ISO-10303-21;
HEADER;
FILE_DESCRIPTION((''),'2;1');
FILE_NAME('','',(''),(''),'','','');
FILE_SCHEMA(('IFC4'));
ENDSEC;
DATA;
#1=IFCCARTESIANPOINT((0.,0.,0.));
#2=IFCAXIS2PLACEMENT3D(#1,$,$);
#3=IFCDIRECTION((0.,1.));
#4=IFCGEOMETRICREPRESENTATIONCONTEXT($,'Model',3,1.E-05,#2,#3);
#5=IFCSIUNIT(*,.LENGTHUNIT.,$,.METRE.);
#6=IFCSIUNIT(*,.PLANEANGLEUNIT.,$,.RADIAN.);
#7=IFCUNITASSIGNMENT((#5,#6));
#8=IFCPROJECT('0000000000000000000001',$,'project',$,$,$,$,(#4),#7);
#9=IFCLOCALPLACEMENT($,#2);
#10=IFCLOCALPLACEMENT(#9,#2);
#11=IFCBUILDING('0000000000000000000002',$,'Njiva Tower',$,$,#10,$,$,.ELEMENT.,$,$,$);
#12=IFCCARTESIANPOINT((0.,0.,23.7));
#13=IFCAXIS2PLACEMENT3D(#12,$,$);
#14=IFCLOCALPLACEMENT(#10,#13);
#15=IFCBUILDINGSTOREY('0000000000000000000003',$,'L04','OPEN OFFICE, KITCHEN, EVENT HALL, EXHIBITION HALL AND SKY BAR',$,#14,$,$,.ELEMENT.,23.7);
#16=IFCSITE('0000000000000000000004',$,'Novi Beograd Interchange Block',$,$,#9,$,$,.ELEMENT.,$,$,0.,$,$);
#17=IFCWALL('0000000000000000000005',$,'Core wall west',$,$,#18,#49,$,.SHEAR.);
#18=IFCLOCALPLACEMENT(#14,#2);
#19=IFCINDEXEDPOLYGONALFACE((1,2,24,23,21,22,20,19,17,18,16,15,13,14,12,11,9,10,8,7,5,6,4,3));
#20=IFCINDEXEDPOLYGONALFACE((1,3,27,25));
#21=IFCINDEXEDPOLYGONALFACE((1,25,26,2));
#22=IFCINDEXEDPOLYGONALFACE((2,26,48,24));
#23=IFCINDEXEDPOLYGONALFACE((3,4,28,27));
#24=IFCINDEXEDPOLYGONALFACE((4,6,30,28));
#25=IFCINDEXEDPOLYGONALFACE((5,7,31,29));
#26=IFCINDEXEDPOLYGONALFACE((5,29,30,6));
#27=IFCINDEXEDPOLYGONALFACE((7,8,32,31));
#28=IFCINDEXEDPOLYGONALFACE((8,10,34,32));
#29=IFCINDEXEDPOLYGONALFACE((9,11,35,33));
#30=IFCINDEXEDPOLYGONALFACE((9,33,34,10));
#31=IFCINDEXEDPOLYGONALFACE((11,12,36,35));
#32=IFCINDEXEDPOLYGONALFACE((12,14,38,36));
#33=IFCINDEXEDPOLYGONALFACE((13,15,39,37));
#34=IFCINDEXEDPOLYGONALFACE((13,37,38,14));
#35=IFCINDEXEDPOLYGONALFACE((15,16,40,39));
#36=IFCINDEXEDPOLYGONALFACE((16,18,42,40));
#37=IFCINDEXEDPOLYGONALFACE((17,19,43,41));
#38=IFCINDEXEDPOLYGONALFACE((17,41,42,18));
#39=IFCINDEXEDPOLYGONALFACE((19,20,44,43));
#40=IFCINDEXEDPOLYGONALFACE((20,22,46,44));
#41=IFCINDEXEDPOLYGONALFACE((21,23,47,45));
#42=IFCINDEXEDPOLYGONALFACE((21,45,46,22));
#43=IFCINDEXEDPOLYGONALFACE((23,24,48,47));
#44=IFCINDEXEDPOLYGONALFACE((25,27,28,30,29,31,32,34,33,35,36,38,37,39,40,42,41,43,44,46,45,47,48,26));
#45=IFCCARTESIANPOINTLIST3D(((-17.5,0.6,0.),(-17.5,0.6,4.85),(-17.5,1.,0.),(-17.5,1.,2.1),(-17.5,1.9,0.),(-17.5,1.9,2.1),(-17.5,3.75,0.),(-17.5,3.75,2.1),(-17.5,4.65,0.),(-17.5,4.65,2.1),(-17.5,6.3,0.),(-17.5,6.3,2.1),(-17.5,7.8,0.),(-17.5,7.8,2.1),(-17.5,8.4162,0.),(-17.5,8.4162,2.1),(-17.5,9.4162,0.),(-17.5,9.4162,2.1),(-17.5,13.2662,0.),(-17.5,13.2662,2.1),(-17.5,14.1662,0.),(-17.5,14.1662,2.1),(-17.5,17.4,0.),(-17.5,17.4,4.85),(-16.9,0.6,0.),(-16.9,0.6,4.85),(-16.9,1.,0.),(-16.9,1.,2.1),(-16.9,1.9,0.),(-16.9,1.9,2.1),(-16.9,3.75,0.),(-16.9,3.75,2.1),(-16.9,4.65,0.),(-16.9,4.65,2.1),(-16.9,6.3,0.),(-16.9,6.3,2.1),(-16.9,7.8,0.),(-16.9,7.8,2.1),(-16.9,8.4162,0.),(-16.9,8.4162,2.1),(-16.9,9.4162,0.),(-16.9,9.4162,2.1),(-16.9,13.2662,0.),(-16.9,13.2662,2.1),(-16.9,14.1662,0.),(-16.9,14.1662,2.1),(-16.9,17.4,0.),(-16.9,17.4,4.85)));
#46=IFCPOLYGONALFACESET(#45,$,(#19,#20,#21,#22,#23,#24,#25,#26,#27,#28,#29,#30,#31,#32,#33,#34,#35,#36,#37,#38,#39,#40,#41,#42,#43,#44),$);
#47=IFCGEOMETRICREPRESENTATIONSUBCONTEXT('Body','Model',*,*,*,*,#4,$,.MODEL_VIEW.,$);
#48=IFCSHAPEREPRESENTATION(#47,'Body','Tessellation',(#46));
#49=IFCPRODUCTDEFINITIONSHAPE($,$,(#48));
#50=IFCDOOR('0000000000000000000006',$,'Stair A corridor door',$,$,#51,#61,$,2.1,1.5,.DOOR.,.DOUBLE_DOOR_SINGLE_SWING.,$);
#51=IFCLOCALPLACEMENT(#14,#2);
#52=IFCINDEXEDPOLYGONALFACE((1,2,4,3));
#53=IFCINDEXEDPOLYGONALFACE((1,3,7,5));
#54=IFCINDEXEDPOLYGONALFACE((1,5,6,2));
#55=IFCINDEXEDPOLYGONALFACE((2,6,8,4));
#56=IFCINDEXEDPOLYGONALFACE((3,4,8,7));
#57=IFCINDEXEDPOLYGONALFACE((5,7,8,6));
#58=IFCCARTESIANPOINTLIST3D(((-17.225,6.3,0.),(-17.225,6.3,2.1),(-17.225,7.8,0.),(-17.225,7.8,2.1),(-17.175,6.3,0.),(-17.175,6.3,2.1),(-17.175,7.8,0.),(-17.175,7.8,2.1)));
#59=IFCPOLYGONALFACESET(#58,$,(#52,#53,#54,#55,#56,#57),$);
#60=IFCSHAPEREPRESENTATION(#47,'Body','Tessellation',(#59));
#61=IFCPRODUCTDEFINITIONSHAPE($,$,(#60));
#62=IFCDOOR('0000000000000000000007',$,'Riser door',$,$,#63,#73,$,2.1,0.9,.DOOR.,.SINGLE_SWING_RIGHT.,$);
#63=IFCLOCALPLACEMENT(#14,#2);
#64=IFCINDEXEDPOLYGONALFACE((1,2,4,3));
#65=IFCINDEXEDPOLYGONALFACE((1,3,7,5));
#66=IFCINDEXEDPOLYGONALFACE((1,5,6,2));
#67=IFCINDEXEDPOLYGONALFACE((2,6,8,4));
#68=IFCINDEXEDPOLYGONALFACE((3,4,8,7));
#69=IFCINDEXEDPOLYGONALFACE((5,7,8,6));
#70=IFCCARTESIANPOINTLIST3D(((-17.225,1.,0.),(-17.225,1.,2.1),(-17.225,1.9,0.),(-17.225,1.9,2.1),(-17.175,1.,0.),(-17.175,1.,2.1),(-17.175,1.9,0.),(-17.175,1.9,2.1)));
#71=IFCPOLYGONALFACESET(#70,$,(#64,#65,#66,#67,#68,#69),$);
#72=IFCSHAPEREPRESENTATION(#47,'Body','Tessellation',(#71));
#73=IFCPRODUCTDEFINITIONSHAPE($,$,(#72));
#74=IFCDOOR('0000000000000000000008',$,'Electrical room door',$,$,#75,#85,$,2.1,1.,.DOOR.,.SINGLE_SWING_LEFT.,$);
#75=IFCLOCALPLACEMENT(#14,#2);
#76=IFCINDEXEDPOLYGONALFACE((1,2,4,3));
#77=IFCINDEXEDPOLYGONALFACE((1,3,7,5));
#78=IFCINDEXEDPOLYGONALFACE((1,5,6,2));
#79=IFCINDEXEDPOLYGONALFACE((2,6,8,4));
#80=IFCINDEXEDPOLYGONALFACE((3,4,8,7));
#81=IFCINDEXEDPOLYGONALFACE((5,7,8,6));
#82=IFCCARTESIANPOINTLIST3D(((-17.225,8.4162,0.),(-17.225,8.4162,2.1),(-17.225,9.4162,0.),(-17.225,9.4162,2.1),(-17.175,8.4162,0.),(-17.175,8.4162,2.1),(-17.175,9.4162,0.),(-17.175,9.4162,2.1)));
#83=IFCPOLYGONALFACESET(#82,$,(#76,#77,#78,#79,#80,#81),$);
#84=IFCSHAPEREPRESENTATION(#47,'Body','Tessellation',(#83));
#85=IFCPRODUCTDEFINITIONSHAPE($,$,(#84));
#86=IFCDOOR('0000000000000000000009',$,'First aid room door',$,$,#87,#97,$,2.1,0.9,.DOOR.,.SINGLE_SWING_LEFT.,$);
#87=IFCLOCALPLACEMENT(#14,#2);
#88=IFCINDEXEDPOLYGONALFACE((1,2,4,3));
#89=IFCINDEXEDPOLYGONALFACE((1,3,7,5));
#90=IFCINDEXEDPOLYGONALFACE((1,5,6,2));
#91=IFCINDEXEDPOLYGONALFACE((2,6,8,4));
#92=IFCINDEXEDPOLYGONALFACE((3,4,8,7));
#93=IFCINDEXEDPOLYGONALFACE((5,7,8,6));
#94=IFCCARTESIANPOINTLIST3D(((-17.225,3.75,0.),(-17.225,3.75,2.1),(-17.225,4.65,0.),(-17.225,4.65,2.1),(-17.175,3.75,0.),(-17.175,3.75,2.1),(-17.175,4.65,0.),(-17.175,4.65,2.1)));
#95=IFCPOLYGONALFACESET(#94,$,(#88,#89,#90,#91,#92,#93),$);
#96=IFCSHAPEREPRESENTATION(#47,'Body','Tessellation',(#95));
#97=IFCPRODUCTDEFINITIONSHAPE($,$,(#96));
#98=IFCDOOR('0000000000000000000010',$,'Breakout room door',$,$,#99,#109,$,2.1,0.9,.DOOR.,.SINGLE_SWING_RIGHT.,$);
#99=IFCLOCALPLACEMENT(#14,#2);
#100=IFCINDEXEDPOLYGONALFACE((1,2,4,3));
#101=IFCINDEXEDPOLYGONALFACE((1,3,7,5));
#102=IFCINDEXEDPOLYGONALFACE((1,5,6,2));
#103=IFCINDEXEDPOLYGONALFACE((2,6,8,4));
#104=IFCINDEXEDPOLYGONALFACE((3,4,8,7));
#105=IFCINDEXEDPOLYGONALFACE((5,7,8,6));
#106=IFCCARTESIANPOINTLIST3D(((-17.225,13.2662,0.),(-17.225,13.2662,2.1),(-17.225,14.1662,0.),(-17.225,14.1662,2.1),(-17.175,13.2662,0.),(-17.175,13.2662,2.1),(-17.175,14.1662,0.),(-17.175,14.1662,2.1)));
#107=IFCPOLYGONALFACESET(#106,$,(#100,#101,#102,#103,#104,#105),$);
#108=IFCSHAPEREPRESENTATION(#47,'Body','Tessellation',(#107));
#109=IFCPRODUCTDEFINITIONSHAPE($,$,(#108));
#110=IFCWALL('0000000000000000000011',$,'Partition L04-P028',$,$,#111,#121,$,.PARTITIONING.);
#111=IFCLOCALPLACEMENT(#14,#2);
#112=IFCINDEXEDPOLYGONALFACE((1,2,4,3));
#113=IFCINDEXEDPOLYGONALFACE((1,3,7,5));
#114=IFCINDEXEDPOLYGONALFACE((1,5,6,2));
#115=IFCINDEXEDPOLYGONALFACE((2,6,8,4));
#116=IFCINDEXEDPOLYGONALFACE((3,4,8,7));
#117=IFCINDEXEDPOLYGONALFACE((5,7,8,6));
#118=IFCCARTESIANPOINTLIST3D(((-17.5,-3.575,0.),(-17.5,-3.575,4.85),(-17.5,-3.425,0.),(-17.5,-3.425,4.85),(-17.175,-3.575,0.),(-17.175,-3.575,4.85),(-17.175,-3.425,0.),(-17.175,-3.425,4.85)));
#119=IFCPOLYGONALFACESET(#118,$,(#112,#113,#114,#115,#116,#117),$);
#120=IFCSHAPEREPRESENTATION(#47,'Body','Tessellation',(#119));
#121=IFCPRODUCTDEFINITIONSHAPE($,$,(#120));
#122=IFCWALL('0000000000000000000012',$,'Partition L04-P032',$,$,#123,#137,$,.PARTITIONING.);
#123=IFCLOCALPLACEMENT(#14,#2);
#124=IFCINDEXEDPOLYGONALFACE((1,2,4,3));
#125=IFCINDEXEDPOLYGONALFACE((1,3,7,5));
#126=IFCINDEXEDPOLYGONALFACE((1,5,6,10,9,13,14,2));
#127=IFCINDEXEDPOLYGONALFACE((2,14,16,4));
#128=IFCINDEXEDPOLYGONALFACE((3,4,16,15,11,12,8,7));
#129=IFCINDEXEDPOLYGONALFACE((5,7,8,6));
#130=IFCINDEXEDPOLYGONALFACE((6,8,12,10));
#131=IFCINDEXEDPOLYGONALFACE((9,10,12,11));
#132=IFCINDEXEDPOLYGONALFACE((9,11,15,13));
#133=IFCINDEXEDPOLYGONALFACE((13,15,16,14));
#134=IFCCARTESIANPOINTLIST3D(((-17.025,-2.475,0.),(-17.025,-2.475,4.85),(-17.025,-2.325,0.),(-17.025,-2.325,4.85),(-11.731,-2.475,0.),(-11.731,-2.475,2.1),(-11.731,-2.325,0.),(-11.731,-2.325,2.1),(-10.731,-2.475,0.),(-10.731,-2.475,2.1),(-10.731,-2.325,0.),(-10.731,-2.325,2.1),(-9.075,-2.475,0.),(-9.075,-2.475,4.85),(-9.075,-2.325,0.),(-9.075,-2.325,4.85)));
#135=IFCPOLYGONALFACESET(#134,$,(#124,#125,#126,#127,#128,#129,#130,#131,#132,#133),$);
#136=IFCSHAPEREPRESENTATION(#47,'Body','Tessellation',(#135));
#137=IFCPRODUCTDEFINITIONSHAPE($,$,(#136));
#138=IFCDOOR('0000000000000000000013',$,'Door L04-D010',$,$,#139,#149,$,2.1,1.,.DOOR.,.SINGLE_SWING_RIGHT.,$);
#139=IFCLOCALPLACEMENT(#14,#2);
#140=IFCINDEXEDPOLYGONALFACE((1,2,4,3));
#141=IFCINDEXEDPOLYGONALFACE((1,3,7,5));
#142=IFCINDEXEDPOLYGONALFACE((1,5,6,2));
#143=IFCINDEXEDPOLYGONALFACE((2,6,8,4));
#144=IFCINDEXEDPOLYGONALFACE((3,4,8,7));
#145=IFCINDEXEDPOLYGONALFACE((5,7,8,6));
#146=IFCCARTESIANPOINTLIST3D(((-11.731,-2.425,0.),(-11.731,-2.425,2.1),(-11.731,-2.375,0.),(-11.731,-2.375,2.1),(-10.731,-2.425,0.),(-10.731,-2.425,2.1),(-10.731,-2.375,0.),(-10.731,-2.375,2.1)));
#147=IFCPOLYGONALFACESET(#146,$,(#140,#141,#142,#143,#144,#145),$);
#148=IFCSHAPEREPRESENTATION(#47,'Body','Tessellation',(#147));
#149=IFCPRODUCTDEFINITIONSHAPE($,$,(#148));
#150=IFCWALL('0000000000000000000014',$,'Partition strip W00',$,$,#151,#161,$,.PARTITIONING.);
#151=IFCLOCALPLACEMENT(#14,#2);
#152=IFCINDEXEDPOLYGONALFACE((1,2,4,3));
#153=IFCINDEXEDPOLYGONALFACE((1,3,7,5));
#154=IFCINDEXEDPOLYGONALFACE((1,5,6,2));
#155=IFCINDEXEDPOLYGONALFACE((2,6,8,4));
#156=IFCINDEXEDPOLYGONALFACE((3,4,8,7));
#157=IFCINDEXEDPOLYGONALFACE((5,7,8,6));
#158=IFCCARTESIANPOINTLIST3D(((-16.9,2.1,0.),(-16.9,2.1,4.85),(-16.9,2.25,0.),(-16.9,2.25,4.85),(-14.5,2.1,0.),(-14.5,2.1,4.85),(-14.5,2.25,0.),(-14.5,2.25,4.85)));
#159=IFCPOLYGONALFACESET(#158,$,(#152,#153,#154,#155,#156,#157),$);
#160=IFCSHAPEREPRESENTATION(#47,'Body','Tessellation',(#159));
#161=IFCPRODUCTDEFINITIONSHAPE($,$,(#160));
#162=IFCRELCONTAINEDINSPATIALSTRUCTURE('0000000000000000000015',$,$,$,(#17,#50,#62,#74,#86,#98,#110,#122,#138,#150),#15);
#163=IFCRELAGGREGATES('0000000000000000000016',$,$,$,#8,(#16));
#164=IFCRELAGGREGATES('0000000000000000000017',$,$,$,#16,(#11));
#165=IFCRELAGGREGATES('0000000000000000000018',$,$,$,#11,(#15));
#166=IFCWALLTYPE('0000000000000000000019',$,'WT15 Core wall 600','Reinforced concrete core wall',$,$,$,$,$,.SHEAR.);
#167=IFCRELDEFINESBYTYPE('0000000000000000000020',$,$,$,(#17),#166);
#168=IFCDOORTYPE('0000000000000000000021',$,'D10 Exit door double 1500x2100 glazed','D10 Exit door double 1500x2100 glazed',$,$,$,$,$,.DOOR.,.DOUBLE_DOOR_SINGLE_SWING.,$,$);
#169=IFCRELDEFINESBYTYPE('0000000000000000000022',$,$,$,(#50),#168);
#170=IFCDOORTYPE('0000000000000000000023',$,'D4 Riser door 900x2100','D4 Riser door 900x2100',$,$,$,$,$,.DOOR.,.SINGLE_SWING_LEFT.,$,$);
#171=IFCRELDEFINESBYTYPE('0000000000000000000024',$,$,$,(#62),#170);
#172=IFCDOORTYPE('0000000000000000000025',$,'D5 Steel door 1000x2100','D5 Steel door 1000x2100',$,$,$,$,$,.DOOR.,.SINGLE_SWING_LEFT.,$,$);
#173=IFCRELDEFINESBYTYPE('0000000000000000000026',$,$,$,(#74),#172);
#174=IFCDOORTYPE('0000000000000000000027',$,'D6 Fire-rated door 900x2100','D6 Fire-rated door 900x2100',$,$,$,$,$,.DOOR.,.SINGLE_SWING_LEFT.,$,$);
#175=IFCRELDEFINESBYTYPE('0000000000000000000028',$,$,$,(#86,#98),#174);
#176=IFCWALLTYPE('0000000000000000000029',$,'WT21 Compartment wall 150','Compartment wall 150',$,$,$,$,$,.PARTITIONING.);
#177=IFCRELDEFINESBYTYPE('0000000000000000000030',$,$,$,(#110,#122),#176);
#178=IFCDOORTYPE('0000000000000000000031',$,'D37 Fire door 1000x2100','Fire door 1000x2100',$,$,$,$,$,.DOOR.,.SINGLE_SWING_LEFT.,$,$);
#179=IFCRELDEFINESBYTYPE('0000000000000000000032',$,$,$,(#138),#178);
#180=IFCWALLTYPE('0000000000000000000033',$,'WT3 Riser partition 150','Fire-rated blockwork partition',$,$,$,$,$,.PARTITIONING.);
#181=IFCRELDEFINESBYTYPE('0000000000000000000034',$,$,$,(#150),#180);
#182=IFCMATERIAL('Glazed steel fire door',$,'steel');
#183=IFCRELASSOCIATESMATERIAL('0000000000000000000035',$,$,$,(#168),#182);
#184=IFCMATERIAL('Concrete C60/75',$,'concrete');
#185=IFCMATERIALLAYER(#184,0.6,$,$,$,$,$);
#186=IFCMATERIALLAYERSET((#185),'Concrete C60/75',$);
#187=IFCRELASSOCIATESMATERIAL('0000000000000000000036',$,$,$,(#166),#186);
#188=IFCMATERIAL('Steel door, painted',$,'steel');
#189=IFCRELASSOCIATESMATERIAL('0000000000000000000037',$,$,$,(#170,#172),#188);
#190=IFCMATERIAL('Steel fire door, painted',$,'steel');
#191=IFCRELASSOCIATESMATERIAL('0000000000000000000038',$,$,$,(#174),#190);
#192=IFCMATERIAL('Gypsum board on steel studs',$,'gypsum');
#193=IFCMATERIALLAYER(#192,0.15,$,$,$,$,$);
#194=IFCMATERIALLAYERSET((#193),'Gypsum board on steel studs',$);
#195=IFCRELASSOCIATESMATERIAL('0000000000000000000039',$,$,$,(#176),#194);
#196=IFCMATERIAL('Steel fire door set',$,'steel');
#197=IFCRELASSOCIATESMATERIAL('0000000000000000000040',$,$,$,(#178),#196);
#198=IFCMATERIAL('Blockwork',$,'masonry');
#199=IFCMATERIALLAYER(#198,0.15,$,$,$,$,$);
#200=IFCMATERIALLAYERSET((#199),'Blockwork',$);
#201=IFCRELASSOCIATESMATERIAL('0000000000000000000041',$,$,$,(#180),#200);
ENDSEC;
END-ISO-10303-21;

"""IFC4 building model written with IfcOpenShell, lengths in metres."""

from ifc_helpers import new_model, si_unit, direction, frame, frame_2d, origin, place, context, subcontext, project, spatial, rectangle, extrude, material, layer, layer_set, type_object, element, fill, save


model = new_model("IFC4")

# Units and contexts
model_context = context("Model", 3, precision=1e-05, world=origin(), true_north=direction((0.0, 1.0)))
body_context = subcontext(model_context, "Body", "Model", "MODEL_VIEW")
ifc_project = project(units=[si_unit("LENGTHUNIT", "METRE"), si_unit("PLANEANGLEUNIT", "RADIAN")], contexts=[model_context])

# Site, building, storey
site_placement = place(None, origin())
site = spatial("IfcSite", under=ifc_project, at=site_placement, Name="Novi Beograd Interchange Block", CompositionType="ELEMENT", RefElevation=0.0)
building_placement = place(site_placement, origin())
building = spatial("IfcBuilding", under=site, at=building_placement, Name="Njiva Tower", CompositionType="ELEMENT")
storey_placement = place(building_placement, frame((0.0, 0.0, 23.7)))
storey = spatial("IfcBuildingStorey", under=building, at=storey_placement, Name="L04", Description="OPEN OFFICE, KITCHEN, EVENT HALL, EXHIBITION HALL AND SKY BAR", CompositionType="ELEMENT", Elevation=23.7)

# Shared definitions
ifc_material_1 = material(Name="Blockwork", Category="masonry")

# Shared definitions
ifc_material_2 = material(Name="Glazed steel fire door", Category="steel")
door_type_1 = type_object("IfcDoorType", Name="D10 Exit door double 1500x2100 glazed", Description="D10 Exit door double 1500x2100 glazed", OperationType="DOUBLE_DOOR_SINGLE_SWING", PredefinedType="DOOR", material=ifc_material_2)

# Wall, openings, doors
ifc_material_3 = material(Name="Concrete C60/75", Category="concrete")
ifc_layer_1 = layer(ifc_material_3, 0.6)
ifc_layer_set_1 = layer_set([ifc_layer_1], Name="Concrete C60/75")
wall_type_1 = type_object("IfcWallType", Name="WT15 Core wall 600", Description="Reinforced concrete core wall", PredefinedType="SHEAR", material=ifc_layer_set_1)
wall_1_placement = place(storey_placement, frame((-17.2, 0.6, 0.0), z_axis=(0.0, 0.0, 1.0), x_axis=(0.0, 1.0, 0.0)))
wall_1 = element("IfcWall", 1, at=wall_1_placement, inside=storey, type_object=wall_type_1, Name="Core wall west", PredefinedType="SHEAR", context=body_context, shape_type="SweptSolid", body=[
    extrude(rectangle(XDim=16.8, YDim=0.6, at=frame_2d((8.4, 0.0))), origin(), (0.0, 0.0, 1.0), 4.85),
])
opening_1_placement = place(wall_1_placement, frame((5.7, 0.0, 0.0)))
opening_1 = element("IfcOpeningElement", 2, at=opening_1_placement, cuts=wall_1, PredefinedType="OPENING", context=body_context, shape_type="SweptSolid", body=[
    extrude(rectangle(XDim=1.5, YDim=2.1, at=frame_2d((0.75, 1.05))), frame((0.0, 0.31, 0.0), z_axis=(0.0, -1.0, 0.0), x_axis=(1.0, 0.0, 0.0)), (0.0, 0.0, 1.0), 0.62),
])
opening_2_placement = place(wall_1_placement, frame((0.4, 0.0, 0.0)))
opening_2 = element("IfcOpeningElement", 3, at=opening_2_placement, cuts=wall_1, PredefinedType="OPENING", context=body_context, shape_type="SweptSolid", body=[
    extrude(rectangle(XDim=0.9, YDim=2.1, at=frame_2d((0.45, 1.05))), frame((0.0, 0.31, 0.0), z_axis=(0.0, -1.0, 0.0), x_axis=(1.0, 0.0, 0.0)), (0.0, 0.0, 1.0), 0.62),
])
opening_3_placement = place(wall_1_placement, frame((3.15, 0.0, 0.0)))
opening_3 = element("IfcOpeningElement", 4, at=opening_3_placement, cuts=wall_1, PredefinedType="OPENING", context=body_context, shape_type="SweptSolid", body=[
    extrude(rectangle(XDim=0.9, YDim=2.1, at=frame_2d((0.45, 1.05))), frame((0.0, 0.31, 0.0), z_axis=(0.0, -1.0, 0.0), x_axis=(1.0, 0.0, 0.0)), (0.0, 0.0, 1.0), 0.62),
])
opening_4_placement = place(wall_1_placement, frame((7.8162, 0.0, 0.0)))
opening_4 = element("IfcOpeningElement", 5, at=opening_4_placement, cuts=wall_1, PredefinedType="OPENING", context=body_context, shape_type="SweptSolid", body=[
    extrude(rectangle(XDim=1.0, YDim=2.1, at=frame_2d((0.5, 1.05))), frame((0.0, 0.31, 0.0), z_axis=(0.0, -1.0, 0.0), x_axis=(1.0, 0.0, 0.0)), (0.0, 0.0, 1.0), 0.62),
])
opening_5_placement = place(wall_1_placement, frame((12.6662, 0.0, 0.0)))
opening_5 = element("IfcOpeningElement", 6, at=opening_5_placement, cuts=wall_1, PredefinedType="OPENING", context=body_context, shape_type="SweptSolid", body=[
    extrude(rectangle(XDim=0.9, YDim=2.1, at=frame_2d((0.45, 1.05))), frame((0.0, 0.31, 0.0), z_axis=(0.0, -1.0, 0.0), x_axis=(1.0, 0.0, 0.0)), (0.0, 0.0, 1.0), 0.62),
])
door_1_placement = place(opening_1_placement, origin())
door_1 = element("IfcDoor", 7, at=door_1_placement, inside=storey, type_object=door_type_1, Name="Stair A corridor door", OperationType="DOUBLE_DOOR_SINGLE_SWING", OverallHeight=2.1, OverallWidth=1.5, PredefinedType="DOOR", context=body_context, shape_type="SweptSolid", body=[
    extrude(rectangle(XDim=1.5, YDim=2.1, at=frame_2d((0.75, 1.05))), frame((0.0, 0.025, 0.0), z_axis=(0.0, -1.0, 0.0), x_axis=(1.0, 0.0, 0.0)), (0.0, 0.0, 1.0), 0.05),
])
fill(opening_1, door_1)
ifc_material_4 = material(Name="Steel door, painted", Category="steel")
door_type_2 = type_object("IfcDoorType", Name="D4 Riser door 900x2100", Description="D4 Riser door 900x2100", OperationType="SINGLE_SWING_LEFT", PredefinedType="DOOR", material=ifc_material_4)
door_2_placement = place(opening_2_placement, origin())
door_2 = element("IfcDoor", 8, at=door_2_placement, inside=storey, type_object=door_type_2, Name="Riser door", OperationType="SINGLE_SWING_RIGHT", OverallHeight=2.1, OverallWidth=0.9, PredefinedType="DOOR", context=body_context, shape_type="SweptSolid", body=[
    extrude(rectangle(XDim=0.9, YDim=2.1, at=frame_2d((0.45, 1.05))), frame((0.0, 0.025, 0.0), z_axis=(0.0, -1.0, 0.0), x_axis=(1.0, 0.0, 0.0)), (0.0, 0.0, 1.0), 0.05),
])
fill(opening_2, door_2)
door_type_3 = type_object("IfcDoorType", Name="D5 Steel door 1000x2100", Description="D5 Steel door 1000x2100", OperationType="SINGLE_SWING_LEFT", PredefinedType="DOOR", material=ifc_material_4)
door_3_placement = place(opening_4_placement, origin())
door_3 = element("IfcDoor", 9, at=door_3_placement, inside=storey, type_object=door_type_3, Name="Electrical room door", OperationType="SINGLE_SWING_LEFT", OverallHeight=2.1, OverallWidth=1.0, PredefinedType="DOOR", context=body_context, shape_type="SweptSolid", body=[
    extrude(rectangle(XDim=1.0, YDim=2.1, at=frame_2d((0.5, 1.05))), frame((0.0, 0.025, 0.0), z_axis=(0.0, -1.0, 0.0), x_axis=(1.0, 0.0, 0.0)), (0.0, 0.0, 1.0), 0.05),
])
fill(opening_4, door_3)
ifc_material_5 = material(Name="Steel fire door, painted", Category="steel")
door_type_4 = type_object("IfcDoorType", Name="D6 Fire-rated door 900x2100", Description="D6 Fire-rated door 900x2100", OperationType="SINGLE_SWING_LEFT", PredefinedType="DOOR", material=ifc_material_5)
door_4_placement = place(opening_3_placement, origin())
door_4 = element("IfcDoor", 10, at=door_4_placement, inside=storey, type_object=door_type_4, Name="First aid room door", OperationType="SINGLE_SWING_LEFT", OverallHeight=2.1, OverallWidth=0.9, PredefinedType="DOOR", context=body_context, shape_type="SweptSolid", body=[
    extrude(rectangle(XDim=0.9, YDim=2.1, at=frame_2d((0.45, 1.05))), frame((0.0, 0.025, 0.0), z_axis=(0.0, -1.0, 0.0), x_axis=(1.0, 0.0, 0.0)), (0.0, 0.0, 1.0), 0.05),
])
fill(opening_3, door_4)
door_5_placement = place(opening_5_placement, origin())
door_5 = element("IfcDoor", 11, at=door_5_placement, inside=storey, type_object=door_type_4, Name="Breakout room door", OperationType="SINGLE_SWING_RIGHT", OverallHeight=2.1, OverallWidth=0.9, PredefinedType="DOOR", context=body_context, shape_type="SweptSolid", body=[
    extrude(rectangle(XDim=0.9, YDim=2.1, at=frame_2d((0.45, 1.05))), frame((0.0, 0.025, 0.0), z_axis=(0.0, -1.0, 0.0), x_axis=(1.0, 0.0, 0.0)), (0.0, 0.0, 1.0), 0.05),
])
fill(opening_5, door_5)

# Wall
ifc_material_6 = material(Name="Gypsum board on steel studs", Category="gypsum")
ifc_layer_2 = layer(ifc_material_6, 0.15)
ifc_layer_set_2 = layer_set([ifc_layer_2], Name="Gypsum board on steel studs")
wall_type_2 = type_object("IfcWallType", Name="WT21 Compartment wall 150", Description="Compartment wall 150", PredefinedType="PARTITIONING", material=ifc_layer_set_2)
wall_2_placement = place(storey_placement, frame((-17.5, -3.5, 0.0), z_axis=(0.0, 0.0, 1.0), x_axis=(1.0, 0.0, 0.0)))
element("IfcWall", 12, at=wall_2_placement, inside=storey, type_object=wall_type_2, Name="Partition L04-P028", PredefinedType="PARTITIONING", context=body_context, shape_type="SweptSolid", body=[
    extrude(rectangle(XDim=0.325, YDim=0.15, at=frame_2d((0.1625, 0.0))), origin(), (0.0, 0.0, 1.0), 4.85),
])

# Wall, opening, door
wall_3_placement = place(storey_placement, frame((-17.025, -2.4, 0.0), z_axis=(0.0, 0.0, 1.0), x_axis=(1.0, 0.0, 0.0)))
wall_3 = element("IfcWall", 13, at=wall_3_placement, inside=storey, type_object=wall_type_2, Name="Partition L04-P032", PredefinedType="PARTITIONING", context=body_context, shape_type="SweptSolid", body=[
    extrude(rectangle(XDim=7.95, YDim=0.15, at=frame_2d((3.975, 0.0))), origin(), (0.0, 0.0, 1.0), 4.85),
])
opening_6_placement = place(wall_3_placement, frame((5.294, 0.0, 0.0)))
opening_6 = element("IfcOpeningElement", 14, at=opening_6_placement, cuts=wall_3, PredefinedType="OPENING", context=body_context, shape_type="SweptSolid", body=[
    extrude(rectangle(XDim=1.0, YDim=2.1, at=frame_2d((0.5, 1.05))), frame((0.0, 0.085, 0.0), z_axis=(0.0, -1.0, 0.0), x_axis=(1.0, 0.0, 0.0)), (0.0, 0.0, 1.0), 0.17),
])
ifc_material_7 = material(Name="Steel fire door set", Category="steel")
door_type_5 = type_object("IfcDoorType", Name="D37 Fire door 1000x2100", Description="Fire door 1000x2100", OperationType="SINGLE_SWING_LEFT", PredefinedType="DOOR", material=ifc_material_7)
door_6_placement = place(opening_6_placement, origin())
door_6 = element("IfcDoor", 15, at=door_6_placement, inside=storey, type_object=door_type_5, Name="Door L04-D010", OperationType="SINGLE_SWING_RIGHT", OverallHeight=2.1, OverallWidth=1.0, PredefinedType="DOOR", context=body_context, shape_type="SweptSolid", body=[
    extrude(rectangle(XDim=1.0, YDim=2.1, at=frame_2d((0.5, 1.05))), frame((0.0, 0.025, 0.0), z_axis=(0.0, -1.0, 0.0), x_axis=(1.0, 0.0, 0.0)), (0.0, 0.0, 1.0), 0.05),
])
fill(opening_6, door_6)

# Wall
ifc_layer_3 = layer(ifc_material_1, 0.15)
ifc_layer_set_3 = layer_set([ifc_layer_3], Name="Blockwork")
wall_type_3 = type_object("IfcWallType", Name="WT3 Riser partition 150", Description="Fire-rated blockwork partition", PredefinedType="PARTITIONING", material=ifc_layer_set_3)
wall_4_placement = place(storey_placement, frame((-16.9, 2.175, 0.0), z_axis=(0.0, 0.0, 1.0), x_axis=(1.0, 0.0, 0.0)))
element("IfcWall", 16, at=wall_4_placement, inside=storey, type_object=wall_type_3, Name="Partition strip W00", PredefinedType="PARTITIONING", context=body_context, shape_type="SweptSolid", body=[
    extrude(rectangle(XDim=2.4, YDim=0.15, at=frame_2d((1.2, 0.0))), origin(), (0.0, 0.0, 1.0), 4.85),
])

save(model, "model.ifc")
